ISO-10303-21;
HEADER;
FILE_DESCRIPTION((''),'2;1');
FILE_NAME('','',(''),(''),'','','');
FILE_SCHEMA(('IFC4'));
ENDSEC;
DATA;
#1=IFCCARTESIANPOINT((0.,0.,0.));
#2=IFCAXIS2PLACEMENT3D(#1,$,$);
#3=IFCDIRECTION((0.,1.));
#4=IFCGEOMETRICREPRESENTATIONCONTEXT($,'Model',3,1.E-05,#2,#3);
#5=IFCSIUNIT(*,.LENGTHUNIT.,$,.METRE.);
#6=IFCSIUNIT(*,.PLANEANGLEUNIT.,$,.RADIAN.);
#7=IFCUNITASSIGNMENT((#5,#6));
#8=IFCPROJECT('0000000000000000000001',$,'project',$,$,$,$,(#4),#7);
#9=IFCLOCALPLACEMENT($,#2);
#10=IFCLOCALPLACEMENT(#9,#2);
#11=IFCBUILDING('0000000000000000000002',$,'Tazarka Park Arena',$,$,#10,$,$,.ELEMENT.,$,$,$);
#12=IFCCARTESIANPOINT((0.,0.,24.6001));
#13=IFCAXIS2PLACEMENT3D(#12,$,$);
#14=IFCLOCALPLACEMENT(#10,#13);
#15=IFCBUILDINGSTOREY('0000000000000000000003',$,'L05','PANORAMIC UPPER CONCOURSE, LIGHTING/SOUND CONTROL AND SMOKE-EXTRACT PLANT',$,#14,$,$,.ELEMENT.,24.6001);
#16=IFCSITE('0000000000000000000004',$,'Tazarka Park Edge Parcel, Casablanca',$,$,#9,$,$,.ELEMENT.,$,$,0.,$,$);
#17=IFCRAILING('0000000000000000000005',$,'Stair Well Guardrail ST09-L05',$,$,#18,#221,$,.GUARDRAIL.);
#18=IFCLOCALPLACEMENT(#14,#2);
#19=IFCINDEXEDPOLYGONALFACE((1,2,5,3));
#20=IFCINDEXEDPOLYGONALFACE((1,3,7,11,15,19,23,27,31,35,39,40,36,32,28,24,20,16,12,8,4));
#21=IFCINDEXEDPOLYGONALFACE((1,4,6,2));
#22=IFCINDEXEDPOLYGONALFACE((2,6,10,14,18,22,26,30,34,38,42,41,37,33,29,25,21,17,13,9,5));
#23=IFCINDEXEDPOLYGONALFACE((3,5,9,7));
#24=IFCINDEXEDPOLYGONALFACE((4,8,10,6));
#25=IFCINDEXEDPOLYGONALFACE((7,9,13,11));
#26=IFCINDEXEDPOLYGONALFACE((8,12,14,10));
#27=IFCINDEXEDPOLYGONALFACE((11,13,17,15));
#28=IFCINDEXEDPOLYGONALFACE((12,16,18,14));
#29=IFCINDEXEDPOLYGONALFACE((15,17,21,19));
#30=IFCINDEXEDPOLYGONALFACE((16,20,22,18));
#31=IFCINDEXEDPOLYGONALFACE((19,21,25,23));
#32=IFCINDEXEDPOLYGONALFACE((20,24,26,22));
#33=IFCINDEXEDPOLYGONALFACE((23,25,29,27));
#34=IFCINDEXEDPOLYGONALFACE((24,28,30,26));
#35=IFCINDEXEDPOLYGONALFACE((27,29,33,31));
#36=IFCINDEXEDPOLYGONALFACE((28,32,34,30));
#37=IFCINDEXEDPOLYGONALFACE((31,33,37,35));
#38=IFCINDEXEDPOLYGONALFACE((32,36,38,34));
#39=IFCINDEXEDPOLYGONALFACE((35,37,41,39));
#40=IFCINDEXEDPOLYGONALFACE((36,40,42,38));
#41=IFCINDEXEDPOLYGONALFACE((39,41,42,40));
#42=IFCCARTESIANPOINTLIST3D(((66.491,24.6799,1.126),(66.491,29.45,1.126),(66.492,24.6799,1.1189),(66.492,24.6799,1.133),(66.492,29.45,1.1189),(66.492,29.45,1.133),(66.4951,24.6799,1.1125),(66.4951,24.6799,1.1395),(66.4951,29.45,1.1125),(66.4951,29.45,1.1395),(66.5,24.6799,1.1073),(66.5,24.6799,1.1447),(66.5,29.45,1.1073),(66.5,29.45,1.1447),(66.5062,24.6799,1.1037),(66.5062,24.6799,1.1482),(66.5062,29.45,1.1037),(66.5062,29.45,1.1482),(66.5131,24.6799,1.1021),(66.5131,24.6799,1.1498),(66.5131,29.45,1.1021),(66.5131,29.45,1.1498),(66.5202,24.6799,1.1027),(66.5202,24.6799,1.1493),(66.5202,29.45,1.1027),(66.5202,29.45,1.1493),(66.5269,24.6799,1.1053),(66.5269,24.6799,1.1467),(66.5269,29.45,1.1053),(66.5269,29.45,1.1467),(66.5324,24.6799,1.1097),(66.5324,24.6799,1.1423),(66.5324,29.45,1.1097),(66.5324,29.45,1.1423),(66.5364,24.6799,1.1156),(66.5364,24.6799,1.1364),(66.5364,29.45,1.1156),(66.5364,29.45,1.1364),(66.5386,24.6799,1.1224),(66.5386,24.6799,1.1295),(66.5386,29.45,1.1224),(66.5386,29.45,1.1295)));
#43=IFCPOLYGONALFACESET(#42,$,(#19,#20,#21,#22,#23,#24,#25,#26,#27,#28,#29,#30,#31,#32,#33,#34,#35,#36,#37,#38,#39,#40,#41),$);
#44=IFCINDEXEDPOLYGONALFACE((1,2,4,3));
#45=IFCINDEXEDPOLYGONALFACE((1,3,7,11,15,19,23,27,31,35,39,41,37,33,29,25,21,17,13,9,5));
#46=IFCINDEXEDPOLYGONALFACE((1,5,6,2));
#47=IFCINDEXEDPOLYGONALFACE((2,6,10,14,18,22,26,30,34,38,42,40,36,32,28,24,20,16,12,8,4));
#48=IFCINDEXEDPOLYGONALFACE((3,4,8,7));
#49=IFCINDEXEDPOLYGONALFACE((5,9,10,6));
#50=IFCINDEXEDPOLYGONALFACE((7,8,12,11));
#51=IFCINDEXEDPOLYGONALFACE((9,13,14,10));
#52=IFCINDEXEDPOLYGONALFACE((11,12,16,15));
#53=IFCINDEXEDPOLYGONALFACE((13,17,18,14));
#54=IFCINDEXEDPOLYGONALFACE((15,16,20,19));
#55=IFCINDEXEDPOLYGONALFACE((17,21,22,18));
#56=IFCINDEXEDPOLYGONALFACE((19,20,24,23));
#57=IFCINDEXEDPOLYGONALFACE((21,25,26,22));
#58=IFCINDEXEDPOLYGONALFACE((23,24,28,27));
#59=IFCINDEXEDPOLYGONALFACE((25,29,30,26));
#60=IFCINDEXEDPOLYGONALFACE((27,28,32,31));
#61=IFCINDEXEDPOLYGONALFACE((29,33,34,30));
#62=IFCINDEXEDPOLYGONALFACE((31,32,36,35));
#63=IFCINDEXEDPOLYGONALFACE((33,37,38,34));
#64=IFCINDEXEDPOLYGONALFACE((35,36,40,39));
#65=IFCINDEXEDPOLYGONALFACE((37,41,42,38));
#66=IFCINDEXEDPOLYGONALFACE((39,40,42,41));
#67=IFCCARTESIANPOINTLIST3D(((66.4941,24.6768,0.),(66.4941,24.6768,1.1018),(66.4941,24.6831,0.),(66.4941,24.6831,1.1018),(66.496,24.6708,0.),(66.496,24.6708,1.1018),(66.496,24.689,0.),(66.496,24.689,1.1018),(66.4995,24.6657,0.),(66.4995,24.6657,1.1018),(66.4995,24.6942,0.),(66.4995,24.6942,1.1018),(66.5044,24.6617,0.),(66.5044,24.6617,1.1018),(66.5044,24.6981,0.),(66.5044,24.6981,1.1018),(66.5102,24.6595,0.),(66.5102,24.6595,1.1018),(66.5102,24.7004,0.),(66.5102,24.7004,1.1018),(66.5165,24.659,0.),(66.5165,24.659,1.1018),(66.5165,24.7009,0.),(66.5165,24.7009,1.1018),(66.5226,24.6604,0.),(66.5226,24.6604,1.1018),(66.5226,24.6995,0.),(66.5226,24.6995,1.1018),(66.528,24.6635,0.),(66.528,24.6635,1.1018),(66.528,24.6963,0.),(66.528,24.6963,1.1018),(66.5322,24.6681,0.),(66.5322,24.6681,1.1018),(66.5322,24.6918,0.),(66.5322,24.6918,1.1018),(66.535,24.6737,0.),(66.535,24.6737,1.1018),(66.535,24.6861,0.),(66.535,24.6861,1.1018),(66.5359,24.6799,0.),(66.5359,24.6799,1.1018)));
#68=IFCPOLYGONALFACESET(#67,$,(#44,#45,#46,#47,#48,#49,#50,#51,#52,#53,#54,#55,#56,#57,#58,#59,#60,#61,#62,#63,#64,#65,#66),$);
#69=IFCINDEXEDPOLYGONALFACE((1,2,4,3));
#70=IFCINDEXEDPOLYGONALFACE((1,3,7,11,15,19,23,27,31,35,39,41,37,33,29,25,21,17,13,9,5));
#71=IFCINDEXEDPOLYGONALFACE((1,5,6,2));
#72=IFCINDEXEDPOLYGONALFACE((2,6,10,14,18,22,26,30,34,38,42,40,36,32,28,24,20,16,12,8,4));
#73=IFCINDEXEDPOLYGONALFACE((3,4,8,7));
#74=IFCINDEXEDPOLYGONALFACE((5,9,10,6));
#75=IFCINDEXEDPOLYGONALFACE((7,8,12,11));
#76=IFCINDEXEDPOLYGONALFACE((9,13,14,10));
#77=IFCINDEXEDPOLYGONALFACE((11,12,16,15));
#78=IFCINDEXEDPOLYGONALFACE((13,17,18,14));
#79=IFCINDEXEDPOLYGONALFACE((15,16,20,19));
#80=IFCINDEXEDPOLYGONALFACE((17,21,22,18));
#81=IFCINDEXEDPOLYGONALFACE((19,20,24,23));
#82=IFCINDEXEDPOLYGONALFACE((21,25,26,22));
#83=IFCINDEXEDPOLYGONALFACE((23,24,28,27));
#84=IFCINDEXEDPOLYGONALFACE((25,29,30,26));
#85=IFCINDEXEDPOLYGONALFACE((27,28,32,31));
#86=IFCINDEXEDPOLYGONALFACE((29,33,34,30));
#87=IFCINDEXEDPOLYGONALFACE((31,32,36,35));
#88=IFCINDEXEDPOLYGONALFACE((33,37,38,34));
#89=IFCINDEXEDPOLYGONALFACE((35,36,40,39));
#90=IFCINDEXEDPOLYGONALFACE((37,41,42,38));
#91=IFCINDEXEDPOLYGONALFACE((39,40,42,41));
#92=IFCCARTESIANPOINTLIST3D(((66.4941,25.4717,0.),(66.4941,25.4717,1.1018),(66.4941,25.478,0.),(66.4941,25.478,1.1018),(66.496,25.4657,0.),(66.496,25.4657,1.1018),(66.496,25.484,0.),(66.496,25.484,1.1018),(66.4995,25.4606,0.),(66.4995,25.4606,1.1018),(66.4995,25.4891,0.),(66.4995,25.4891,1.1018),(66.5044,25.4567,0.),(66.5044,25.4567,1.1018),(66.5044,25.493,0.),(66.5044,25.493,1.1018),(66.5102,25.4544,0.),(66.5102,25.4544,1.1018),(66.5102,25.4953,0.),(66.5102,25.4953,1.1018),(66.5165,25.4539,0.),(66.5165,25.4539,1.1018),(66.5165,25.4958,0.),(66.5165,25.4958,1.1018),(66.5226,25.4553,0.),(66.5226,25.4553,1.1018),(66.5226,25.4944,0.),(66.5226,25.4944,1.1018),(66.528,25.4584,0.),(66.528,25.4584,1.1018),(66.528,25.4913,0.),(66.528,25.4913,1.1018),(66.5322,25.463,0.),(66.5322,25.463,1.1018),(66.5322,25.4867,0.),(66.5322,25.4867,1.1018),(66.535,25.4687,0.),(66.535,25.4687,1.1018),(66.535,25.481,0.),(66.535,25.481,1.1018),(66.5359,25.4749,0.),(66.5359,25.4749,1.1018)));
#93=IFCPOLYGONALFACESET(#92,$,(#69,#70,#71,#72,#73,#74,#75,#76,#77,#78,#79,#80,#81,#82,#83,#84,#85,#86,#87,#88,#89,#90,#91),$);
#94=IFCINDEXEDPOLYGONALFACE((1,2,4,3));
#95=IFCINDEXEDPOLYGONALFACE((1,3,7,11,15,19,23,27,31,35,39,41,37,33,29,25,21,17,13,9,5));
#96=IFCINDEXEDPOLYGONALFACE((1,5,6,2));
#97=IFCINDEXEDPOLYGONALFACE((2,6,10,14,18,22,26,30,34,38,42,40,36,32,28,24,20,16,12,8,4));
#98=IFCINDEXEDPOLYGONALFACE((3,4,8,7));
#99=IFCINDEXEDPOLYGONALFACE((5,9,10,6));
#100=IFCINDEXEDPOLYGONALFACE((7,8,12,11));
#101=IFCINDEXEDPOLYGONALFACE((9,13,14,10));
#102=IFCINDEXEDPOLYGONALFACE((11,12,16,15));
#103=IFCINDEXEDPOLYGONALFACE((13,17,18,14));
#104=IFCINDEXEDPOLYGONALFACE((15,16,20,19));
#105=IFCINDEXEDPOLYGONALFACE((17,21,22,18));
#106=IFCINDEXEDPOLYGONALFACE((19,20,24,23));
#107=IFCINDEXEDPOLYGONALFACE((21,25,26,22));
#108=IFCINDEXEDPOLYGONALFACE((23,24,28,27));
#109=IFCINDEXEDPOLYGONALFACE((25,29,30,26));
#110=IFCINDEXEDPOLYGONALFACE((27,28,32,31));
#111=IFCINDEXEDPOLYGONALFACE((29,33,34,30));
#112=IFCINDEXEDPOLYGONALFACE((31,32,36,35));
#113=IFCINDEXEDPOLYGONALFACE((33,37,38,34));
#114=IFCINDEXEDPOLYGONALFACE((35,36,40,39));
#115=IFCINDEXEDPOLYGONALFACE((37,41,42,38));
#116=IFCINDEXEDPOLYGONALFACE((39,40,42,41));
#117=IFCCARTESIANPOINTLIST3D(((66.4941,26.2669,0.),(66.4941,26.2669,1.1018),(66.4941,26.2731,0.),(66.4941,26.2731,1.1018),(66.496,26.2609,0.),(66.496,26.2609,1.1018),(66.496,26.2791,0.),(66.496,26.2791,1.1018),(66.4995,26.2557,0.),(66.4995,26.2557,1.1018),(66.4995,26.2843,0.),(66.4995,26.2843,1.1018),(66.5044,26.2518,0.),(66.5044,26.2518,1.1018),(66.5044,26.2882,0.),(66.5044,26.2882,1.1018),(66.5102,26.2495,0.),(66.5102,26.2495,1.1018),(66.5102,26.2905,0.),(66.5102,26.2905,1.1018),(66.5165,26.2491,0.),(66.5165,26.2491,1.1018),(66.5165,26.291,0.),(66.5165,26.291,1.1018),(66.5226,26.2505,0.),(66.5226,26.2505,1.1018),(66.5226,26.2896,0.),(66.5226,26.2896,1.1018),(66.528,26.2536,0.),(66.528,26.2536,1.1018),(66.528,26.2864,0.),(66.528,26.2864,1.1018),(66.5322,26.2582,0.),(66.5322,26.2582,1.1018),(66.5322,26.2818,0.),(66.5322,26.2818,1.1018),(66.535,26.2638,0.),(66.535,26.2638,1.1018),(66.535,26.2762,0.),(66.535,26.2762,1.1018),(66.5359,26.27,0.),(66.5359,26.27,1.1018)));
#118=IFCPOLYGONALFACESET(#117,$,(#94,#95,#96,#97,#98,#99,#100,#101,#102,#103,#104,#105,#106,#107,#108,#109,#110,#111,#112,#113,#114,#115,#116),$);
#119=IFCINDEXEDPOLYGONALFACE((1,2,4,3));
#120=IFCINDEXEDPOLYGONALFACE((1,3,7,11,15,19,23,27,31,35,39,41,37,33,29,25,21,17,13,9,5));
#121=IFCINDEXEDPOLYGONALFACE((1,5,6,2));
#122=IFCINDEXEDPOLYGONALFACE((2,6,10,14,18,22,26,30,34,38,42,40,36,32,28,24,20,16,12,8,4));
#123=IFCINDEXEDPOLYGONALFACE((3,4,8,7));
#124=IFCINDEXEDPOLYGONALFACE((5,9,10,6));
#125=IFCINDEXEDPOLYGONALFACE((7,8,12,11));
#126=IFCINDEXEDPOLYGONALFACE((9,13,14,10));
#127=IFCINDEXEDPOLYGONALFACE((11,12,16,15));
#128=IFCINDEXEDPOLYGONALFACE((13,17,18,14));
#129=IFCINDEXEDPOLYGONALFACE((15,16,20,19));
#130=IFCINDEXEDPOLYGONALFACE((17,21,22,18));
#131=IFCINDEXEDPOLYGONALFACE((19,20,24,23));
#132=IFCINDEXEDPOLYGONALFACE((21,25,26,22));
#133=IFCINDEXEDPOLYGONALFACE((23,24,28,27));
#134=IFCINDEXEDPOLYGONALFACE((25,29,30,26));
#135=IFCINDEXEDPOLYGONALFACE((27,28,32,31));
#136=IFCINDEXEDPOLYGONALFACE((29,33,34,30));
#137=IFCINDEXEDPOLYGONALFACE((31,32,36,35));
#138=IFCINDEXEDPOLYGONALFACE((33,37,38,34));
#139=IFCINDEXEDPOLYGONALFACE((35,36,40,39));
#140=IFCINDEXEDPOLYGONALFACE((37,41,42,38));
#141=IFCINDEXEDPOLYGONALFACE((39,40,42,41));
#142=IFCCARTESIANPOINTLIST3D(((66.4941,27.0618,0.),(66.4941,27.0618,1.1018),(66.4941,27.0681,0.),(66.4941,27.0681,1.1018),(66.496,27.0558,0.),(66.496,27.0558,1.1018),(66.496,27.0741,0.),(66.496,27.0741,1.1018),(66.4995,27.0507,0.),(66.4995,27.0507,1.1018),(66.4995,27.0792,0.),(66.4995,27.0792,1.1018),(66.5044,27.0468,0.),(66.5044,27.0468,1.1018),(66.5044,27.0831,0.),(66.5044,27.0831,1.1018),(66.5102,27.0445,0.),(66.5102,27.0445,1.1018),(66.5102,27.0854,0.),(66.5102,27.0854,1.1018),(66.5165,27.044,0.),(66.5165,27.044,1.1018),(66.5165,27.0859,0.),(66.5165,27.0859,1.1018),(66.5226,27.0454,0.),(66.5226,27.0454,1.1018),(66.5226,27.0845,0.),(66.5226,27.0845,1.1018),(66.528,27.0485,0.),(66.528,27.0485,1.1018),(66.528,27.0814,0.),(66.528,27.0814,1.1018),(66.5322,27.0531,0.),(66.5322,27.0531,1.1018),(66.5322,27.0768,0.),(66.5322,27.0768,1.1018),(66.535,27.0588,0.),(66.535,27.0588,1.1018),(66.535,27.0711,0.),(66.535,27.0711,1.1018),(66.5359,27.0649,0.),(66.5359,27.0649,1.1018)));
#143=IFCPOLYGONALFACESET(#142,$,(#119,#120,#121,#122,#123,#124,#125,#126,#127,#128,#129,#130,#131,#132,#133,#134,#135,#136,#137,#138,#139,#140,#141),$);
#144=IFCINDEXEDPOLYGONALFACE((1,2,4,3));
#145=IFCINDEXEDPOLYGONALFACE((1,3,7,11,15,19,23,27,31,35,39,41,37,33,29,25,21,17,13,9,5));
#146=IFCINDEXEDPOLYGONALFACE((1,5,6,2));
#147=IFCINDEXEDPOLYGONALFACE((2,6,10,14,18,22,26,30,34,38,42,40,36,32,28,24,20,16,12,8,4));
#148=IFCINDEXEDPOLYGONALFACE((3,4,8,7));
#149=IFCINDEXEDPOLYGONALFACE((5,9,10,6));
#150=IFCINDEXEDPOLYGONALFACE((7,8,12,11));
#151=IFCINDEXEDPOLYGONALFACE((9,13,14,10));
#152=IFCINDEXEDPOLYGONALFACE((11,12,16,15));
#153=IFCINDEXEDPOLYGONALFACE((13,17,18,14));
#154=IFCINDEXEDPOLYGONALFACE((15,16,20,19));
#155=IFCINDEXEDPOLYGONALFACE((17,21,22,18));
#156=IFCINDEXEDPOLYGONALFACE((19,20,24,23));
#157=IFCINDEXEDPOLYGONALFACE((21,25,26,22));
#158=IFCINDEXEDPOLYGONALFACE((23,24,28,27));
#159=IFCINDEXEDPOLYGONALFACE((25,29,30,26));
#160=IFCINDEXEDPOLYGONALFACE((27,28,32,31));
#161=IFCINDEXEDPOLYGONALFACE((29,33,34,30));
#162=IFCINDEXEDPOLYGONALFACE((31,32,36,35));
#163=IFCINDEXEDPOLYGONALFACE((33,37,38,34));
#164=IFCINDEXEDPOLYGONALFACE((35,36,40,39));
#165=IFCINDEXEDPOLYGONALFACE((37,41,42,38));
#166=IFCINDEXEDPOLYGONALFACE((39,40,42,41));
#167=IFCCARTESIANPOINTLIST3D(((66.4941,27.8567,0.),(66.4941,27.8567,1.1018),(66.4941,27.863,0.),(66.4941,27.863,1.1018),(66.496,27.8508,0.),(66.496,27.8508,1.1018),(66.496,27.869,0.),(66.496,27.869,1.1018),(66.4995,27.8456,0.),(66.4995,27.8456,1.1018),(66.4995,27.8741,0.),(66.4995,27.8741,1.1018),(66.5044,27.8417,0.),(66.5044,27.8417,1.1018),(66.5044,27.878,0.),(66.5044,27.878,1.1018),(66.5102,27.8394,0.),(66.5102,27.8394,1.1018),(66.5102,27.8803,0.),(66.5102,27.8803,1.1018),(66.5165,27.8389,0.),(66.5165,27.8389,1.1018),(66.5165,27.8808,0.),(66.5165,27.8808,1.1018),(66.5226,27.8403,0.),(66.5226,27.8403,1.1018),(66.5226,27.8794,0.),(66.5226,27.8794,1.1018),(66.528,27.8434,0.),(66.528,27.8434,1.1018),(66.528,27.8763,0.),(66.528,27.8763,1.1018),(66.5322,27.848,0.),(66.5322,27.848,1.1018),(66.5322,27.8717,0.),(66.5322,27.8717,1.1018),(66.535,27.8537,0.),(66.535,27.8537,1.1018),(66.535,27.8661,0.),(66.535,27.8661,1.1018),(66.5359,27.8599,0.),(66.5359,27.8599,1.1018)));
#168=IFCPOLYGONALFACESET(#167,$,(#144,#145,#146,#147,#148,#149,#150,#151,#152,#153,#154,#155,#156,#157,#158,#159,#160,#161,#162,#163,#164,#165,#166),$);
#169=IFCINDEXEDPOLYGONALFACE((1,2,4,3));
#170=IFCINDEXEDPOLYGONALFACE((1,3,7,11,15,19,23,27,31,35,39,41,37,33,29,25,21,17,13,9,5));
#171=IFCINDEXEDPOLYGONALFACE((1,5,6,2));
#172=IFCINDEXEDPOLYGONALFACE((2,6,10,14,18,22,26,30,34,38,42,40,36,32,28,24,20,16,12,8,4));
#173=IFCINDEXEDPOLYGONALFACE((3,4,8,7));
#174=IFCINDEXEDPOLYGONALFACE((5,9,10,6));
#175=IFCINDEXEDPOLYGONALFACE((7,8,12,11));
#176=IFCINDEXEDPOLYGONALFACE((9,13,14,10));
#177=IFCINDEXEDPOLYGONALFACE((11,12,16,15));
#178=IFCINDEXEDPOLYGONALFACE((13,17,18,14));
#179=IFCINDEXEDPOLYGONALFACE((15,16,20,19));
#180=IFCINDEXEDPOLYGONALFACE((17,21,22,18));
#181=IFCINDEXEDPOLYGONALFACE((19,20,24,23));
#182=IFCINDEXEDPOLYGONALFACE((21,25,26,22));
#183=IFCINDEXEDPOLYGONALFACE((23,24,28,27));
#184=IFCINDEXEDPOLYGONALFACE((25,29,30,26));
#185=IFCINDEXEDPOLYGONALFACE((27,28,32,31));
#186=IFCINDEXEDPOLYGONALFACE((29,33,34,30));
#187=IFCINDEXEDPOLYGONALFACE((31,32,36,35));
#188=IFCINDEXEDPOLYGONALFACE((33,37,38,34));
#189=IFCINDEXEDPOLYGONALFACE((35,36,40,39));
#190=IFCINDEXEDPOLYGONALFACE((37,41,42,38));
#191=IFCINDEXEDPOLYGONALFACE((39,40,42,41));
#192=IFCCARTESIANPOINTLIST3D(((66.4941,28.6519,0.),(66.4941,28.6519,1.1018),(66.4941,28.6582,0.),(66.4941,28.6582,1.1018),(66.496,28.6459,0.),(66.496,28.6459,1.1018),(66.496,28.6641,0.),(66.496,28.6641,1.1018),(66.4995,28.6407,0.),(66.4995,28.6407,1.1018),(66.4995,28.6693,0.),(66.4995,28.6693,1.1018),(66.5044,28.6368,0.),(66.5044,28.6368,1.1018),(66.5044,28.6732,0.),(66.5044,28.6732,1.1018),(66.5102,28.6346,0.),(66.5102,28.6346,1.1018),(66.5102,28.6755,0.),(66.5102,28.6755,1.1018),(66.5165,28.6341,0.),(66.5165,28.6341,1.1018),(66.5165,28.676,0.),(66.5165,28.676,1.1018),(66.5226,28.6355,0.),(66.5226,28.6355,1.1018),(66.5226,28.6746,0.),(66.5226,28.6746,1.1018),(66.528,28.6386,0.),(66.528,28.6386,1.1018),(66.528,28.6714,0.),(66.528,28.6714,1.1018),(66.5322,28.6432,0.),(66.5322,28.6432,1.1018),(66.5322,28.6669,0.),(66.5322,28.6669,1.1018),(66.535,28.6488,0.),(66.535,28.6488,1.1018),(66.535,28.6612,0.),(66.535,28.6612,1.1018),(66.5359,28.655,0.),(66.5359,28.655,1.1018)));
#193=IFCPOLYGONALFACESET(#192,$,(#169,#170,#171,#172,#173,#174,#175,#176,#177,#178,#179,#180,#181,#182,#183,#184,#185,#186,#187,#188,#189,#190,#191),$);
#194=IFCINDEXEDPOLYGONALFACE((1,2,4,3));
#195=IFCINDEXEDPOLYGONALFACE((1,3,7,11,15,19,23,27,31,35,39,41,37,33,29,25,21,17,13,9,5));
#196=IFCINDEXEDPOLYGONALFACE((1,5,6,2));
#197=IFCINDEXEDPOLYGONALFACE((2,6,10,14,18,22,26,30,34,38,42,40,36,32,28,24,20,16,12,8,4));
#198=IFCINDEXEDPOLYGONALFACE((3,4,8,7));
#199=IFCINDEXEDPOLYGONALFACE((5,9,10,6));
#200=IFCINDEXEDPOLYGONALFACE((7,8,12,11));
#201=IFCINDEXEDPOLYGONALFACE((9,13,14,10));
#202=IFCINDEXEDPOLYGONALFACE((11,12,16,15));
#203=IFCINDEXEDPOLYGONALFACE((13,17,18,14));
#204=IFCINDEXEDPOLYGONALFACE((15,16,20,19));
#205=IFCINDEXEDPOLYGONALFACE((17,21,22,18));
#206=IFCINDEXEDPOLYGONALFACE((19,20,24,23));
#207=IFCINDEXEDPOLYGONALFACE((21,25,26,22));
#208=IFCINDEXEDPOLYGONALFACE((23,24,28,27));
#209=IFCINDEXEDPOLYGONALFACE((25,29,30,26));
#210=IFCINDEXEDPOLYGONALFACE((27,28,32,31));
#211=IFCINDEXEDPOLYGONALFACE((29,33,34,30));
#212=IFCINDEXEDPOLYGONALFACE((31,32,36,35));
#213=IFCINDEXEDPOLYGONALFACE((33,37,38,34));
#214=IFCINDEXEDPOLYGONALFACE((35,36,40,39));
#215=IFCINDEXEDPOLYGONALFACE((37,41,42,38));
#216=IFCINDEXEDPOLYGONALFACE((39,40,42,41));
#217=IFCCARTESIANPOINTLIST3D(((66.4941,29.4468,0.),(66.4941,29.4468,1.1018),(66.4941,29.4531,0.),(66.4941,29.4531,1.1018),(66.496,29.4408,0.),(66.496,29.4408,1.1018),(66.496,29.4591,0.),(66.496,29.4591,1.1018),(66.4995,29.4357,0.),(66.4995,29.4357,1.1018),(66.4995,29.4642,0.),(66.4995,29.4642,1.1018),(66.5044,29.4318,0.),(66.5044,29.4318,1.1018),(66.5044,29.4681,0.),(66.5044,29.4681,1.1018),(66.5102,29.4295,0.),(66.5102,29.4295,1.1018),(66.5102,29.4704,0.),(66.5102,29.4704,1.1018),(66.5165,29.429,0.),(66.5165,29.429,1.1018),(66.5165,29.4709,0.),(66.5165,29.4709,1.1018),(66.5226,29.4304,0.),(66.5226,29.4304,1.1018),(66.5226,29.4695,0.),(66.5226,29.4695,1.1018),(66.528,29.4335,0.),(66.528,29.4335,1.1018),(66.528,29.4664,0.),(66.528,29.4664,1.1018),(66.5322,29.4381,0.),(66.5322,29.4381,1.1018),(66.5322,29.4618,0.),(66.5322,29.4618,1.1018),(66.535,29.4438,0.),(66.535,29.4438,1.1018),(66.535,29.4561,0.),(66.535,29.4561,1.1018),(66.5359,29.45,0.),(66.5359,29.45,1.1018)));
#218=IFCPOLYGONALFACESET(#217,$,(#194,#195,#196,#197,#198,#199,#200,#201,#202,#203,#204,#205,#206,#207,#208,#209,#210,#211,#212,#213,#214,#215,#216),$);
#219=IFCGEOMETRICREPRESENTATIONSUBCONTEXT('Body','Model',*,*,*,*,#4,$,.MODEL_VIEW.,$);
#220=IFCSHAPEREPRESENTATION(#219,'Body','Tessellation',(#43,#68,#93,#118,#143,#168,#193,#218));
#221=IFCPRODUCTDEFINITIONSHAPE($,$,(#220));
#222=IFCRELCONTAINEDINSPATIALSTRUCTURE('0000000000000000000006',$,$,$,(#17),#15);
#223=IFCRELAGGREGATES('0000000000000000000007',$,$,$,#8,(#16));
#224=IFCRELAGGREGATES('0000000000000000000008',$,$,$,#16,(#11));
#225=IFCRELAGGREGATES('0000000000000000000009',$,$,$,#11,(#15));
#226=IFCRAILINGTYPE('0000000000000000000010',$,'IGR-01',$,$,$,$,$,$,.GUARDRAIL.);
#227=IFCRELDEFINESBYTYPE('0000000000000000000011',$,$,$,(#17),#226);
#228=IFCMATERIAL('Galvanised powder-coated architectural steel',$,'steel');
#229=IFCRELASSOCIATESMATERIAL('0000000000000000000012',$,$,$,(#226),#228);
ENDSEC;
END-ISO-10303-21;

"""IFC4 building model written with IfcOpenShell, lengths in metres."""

from ifc_helpers import new_model, si_unit, direction, frame, origin, origin_2d, place, context, subcontext, project, spatial, circle, extrude, material, type_object, element, save


model = new_model("IFC4")

# Units and contexts
model_context = context("Model", 3, precision=1e-05, world=origin(), true_north=direction((0.0, 1.0)))
body_context = subcontext(model_context, "Body", "Model", "MODEL_VIEW")
ifc_project = project(units=[si_unit("LENGTHUNIT", "METRE"), si_unit("PLANEANGLEUNIT", "RADIAN")], contexts=[model_context])

# Site, building, storey
site_placement = place(None, origin())
site = spatial("IfcSite", under=ifc_project, at=site_placement, Name="Tazarka Park Edge Parcel, Casablanca", CompositionType="ELEMENT", RefElevation=0.0)
building_placement = place(site_placement, origin())
building = spatial("IfcBuilding", under=site, at=building_placement, Name="Tazarka Park Arena", CompositionType="ELEMENT")
storey_placement = place(building_placement, frame((0.0, 0.0, 24.6001)))
storey = spatial("IfcBuildingStorey", under=building, at=storey_placement, Name="L05", Description="PANORAMIC UPPER CONCOURSE, LIGHTING/SOUND CONTROL AND SMOKE-EXTRACT PLANT", CompositionType="ELEMENT", Elevation=24.6001)

# Railing
ifc_material_1 = material(Name="Galvanised powder-coated architectural steel", Category="steel")
railing_type = type_object("IfcRailingType", Name="IGR-01", PredefinedType="GUARDRAIL", material=ifc_material_1)
railing_placement = place(storey_placement, frame((66.5149, 24.6799, 0.0)))
element("IfcRailing", 1, at=railing_placement, inside=storey, type_object=railing_type, Name="Stair Well Guardrail ST09-L05", PredefinedType="GUARDRAIL", context=body_context, shape_type="SweptSolid", body=[
    extrude(circle(Radius=0.0239, at=origin_2d()), frame((0.0, 0.0, 1.126), z_axis=(0.0, 1.0, 0.0), x_axis=(-1.0, 0.0, 0.0)), (0.0, 0.0, 1.0), 4.77),
    extrude(circle(Radius=0.021, at=origin_2d()), origin(), (0.0, 0.0, 1.0), 1.1018),
    extrude(circle(Radius=0.021, at=origin_2d()), frame((0.0, 0.7949, 0.0)), (0.0, 0.0, 1.0), 1.1018),
    extrude(circle(Radius=0.021, at=origin_2d()), frame((0.0, 1.5901, 0.0)), (0.0, 0.0, 1.0), 1.1018),
    extrude(circle(Radius=0.021, at=origin_2d()), frame((0.0, 2.385, 0.0)), (0.0, 0.0, 1.0), 1.1018),
    extrude(circle(Radius=0.021, at=origin_2d()), frame((0.0, 3.1799, 0.0)), (0.0, 0.0, 1.0), 1.1018),
    extrude(circle(Radius=0.021, at=origin_2d()), frame((0.0, 3.9751, 0.0)), (0.0, 0.0, 1.0), 1.1018),
    extrude(circle(Radius=0.021, at=origin_2d()), frame((0.0, 4.77, 0.0)), (0.0, 0.0, 1.0), 1.1018),
])

save(model, "model.ifc")
